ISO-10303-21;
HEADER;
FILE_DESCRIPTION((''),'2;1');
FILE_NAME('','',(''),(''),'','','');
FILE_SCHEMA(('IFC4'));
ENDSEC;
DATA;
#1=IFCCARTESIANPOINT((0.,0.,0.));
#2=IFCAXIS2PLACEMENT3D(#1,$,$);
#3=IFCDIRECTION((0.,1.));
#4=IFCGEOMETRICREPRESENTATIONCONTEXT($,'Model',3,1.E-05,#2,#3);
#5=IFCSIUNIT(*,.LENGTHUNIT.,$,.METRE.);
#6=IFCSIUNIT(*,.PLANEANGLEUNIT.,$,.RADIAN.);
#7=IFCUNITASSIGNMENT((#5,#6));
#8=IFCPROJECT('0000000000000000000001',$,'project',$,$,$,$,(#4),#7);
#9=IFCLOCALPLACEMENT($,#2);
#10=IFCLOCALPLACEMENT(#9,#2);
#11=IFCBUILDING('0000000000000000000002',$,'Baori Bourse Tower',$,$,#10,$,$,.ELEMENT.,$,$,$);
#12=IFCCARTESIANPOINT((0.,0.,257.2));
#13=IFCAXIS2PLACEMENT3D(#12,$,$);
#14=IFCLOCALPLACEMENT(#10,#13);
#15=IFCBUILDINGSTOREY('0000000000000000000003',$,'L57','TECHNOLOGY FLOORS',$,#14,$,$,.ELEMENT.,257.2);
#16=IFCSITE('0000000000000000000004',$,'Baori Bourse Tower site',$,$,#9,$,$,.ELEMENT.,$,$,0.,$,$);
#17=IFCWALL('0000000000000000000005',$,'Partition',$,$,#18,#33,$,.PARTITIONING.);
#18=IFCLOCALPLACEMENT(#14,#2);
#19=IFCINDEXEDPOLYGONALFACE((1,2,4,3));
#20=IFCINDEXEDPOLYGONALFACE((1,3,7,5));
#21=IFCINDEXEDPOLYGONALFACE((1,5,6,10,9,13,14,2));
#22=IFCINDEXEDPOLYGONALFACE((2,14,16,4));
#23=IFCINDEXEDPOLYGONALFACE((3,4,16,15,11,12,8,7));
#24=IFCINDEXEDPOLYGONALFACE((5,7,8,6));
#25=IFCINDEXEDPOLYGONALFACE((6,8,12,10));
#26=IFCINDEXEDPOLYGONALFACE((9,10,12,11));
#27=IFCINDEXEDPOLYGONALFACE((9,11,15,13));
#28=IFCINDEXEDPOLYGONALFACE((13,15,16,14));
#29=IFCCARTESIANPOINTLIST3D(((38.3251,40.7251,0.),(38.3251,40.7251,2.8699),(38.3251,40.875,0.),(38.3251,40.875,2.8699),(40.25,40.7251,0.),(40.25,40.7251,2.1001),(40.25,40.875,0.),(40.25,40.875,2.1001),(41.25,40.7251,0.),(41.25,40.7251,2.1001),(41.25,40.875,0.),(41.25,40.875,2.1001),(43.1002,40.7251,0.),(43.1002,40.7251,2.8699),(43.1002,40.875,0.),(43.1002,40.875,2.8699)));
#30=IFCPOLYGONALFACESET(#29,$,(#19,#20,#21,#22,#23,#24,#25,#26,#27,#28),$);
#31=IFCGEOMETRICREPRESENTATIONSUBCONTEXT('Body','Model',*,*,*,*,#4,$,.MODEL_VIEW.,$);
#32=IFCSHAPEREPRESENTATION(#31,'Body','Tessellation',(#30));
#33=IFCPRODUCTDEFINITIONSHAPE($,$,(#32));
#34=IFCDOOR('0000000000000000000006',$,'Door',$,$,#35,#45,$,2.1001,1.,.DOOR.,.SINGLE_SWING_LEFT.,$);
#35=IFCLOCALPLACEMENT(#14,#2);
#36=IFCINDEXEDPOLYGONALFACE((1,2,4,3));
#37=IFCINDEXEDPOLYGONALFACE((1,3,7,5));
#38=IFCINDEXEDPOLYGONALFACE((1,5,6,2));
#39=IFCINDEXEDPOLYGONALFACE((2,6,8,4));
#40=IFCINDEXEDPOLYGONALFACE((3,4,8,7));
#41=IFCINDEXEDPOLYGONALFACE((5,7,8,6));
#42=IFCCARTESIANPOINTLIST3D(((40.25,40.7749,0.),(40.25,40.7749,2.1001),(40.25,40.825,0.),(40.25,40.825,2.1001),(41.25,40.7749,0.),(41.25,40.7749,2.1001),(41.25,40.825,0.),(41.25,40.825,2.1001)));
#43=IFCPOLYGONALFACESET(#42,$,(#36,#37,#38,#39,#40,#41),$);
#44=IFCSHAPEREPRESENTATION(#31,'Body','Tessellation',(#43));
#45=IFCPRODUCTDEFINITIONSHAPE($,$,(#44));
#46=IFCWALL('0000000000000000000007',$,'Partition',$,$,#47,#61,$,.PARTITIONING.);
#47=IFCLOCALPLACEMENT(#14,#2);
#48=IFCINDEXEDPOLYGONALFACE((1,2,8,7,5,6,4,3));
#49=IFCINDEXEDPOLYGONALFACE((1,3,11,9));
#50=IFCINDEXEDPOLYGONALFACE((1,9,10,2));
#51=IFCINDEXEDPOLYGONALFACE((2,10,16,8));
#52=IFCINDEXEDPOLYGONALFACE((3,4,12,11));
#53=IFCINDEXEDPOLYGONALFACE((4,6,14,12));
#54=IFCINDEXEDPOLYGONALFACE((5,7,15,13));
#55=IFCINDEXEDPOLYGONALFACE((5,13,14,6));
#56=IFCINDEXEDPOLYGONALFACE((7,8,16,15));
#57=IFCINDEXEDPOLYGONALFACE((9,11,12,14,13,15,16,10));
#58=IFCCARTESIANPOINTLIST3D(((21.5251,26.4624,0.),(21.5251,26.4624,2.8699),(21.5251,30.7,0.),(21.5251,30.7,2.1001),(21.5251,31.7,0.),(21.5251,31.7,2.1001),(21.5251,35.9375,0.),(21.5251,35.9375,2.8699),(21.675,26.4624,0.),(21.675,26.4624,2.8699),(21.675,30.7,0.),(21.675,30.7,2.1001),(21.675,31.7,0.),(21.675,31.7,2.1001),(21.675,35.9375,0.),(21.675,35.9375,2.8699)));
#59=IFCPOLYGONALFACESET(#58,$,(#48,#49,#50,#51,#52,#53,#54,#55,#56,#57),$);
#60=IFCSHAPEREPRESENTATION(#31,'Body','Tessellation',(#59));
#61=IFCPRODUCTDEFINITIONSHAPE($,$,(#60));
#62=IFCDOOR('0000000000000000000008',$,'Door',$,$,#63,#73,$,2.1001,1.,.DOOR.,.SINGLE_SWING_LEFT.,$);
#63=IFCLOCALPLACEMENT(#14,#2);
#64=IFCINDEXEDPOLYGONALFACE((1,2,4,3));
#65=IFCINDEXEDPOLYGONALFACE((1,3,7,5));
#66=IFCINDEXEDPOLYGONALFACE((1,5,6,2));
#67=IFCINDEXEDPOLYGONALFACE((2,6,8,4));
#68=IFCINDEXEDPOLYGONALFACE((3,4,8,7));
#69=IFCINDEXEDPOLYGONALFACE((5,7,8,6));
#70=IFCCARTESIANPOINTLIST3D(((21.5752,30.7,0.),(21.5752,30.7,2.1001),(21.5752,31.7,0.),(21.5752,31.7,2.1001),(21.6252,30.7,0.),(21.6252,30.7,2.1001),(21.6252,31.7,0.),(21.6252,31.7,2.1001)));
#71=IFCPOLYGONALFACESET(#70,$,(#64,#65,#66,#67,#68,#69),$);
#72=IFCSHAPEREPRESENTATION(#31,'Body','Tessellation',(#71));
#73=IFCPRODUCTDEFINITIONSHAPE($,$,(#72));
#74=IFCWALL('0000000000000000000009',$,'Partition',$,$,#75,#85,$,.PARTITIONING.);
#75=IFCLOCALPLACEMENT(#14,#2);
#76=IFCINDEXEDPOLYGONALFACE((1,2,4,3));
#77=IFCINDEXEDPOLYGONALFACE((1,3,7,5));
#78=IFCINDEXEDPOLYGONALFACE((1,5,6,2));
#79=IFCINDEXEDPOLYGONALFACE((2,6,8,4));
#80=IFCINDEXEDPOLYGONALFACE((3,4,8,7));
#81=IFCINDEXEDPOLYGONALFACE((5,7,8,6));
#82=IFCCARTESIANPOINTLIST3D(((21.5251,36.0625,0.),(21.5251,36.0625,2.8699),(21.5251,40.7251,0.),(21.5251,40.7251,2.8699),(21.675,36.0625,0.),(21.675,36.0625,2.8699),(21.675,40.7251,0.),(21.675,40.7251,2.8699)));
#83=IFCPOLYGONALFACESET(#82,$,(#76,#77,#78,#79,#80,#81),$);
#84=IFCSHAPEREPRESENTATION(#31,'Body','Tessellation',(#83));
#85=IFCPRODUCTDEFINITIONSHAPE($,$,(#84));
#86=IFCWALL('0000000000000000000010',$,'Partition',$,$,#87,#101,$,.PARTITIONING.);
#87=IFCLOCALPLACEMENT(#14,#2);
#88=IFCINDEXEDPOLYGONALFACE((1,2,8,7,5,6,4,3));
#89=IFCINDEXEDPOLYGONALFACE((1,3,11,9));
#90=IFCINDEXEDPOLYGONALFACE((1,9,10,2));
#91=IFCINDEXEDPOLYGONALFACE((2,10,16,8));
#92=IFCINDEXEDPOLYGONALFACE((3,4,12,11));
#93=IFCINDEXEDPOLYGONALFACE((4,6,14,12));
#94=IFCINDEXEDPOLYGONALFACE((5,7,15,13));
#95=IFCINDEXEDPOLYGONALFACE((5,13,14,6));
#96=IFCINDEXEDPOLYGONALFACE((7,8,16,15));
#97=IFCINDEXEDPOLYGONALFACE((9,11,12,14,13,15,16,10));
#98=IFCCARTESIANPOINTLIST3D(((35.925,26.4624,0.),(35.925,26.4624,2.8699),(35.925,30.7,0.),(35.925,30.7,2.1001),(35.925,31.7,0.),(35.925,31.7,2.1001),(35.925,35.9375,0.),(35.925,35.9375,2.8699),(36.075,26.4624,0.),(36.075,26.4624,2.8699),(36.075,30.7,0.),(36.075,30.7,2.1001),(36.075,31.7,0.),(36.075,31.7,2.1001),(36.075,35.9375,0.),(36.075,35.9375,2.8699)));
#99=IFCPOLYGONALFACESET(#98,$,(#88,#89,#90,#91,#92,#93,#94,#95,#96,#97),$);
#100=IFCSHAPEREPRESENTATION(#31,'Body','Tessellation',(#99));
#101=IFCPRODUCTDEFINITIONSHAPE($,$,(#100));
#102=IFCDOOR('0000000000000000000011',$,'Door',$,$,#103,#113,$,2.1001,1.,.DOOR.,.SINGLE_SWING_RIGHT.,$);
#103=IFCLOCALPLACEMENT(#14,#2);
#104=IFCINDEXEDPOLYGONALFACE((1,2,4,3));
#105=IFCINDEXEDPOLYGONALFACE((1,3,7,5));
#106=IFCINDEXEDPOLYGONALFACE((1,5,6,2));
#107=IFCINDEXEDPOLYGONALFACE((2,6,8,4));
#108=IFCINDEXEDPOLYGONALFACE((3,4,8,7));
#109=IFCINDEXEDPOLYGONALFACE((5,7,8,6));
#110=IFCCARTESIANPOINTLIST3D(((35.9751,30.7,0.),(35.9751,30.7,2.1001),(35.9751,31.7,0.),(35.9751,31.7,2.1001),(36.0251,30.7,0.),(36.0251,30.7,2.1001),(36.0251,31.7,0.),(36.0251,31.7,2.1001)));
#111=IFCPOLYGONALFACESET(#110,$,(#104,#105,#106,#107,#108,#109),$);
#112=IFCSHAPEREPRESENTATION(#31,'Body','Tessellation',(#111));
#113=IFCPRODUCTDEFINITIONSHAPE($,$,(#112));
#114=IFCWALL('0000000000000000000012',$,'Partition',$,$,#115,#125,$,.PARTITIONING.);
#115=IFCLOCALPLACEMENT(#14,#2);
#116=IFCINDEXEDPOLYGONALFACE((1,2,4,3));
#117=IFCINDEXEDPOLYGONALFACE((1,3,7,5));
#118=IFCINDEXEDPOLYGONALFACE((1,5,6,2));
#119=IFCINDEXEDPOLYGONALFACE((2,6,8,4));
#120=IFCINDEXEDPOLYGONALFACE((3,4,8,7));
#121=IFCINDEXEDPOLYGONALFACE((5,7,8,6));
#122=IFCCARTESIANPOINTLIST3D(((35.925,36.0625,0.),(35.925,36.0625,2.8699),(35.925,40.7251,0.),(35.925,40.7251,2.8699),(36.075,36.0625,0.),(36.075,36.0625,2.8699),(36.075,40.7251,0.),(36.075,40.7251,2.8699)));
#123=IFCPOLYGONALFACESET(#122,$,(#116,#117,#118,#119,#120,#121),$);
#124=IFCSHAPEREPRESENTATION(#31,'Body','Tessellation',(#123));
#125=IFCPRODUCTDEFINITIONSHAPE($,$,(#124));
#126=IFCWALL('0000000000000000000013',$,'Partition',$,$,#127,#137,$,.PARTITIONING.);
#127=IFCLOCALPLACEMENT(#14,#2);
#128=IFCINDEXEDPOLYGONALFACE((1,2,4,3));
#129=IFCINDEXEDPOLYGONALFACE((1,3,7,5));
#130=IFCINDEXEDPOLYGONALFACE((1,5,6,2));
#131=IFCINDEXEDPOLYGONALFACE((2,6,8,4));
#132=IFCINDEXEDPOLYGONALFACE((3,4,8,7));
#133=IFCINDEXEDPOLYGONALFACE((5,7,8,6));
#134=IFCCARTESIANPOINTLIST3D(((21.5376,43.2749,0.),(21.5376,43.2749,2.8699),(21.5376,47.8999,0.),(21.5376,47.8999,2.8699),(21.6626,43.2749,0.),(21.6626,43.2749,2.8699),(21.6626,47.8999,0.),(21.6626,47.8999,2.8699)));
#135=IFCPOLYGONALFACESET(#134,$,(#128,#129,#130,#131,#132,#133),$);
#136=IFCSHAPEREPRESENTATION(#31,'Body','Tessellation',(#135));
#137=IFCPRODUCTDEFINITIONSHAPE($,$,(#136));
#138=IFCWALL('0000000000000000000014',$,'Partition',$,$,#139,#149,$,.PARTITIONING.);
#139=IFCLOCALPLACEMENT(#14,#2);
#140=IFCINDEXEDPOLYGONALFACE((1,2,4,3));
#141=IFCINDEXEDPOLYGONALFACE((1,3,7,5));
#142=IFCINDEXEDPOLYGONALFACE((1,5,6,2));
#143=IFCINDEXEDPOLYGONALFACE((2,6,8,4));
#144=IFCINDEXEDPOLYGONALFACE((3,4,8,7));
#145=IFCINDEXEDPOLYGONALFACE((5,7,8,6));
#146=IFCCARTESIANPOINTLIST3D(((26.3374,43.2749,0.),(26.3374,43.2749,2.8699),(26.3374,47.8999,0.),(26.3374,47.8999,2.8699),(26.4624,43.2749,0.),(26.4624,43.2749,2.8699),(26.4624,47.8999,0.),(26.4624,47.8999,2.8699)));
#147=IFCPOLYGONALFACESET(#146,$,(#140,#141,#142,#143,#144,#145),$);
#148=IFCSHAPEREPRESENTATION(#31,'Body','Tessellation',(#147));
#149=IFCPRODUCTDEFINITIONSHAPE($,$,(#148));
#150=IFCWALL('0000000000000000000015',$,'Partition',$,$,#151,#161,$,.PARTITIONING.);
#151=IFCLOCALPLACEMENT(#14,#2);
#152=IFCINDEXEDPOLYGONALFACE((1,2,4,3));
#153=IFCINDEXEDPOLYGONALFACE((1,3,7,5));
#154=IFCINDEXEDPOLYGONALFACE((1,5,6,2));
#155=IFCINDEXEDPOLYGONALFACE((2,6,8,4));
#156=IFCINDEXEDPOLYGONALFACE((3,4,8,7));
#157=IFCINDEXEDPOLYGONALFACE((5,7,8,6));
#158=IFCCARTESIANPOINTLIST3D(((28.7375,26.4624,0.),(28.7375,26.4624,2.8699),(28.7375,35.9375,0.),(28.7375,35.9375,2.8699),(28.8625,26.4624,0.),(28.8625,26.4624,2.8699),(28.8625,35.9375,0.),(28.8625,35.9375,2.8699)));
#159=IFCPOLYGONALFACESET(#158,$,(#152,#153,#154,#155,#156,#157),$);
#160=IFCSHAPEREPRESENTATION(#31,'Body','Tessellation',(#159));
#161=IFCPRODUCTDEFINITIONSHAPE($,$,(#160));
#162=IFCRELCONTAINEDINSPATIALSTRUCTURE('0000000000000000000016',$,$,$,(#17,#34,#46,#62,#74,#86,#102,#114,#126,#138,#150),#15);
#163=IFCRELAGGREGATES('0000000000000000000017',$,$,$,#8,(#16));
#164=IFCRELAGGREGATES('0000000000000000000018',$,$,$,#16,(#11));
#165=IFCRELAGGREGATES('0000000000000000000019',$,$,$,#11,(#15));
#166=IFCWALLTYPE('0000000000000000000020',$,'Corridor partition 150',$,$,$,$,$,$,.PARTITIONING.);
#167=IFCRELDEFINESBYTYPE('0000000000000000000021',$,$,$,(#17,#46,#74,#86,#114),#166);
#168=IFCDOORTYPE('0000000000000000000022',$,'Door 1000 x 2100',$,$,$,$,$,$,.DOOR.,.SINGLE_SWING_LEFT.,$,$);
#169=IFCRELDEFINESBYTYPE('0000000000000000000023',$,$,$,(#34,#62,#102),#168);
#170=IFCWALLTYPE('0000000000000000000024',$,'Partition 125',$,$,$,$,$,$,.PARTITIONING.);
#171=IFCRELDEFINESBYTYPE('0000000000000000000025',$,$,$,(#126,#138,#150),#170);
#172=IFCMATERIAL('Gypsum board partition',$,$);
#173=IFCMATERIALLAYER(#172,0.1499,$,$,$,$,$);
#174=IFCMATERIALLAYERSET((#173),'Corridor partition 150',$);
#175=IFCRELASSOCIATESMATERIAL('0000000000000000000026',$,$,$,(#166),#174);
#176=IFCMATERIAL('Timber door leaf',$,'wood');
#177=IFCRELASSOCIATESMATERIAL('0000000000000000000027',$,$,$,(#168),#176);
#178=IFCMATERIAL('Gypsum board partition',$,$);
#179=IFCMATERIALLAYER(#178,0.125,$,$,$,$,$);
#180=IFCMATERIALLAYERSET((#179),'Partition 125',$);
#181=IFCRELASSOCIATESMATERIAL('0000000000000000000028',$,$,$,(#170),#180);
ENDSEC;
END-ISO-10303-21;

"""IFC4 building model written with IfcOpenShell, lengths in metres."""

from ifc_helpers import new_model, si_unit, direction, frame, frame_2d, origin, place, context, subcontext, project, spatial, rectangle, extrude, material, layer, layer_set, type_object, element, fill, save


model = new_model("IFC4")

# Units and contexts
model_context = context("Model", 3, precision=1e-05, world=origin(), true_north=direction((0.0, 1.0)))
body_context = subcontext(model_context, "Body", "Model", "MODEL_VIEW")
ifc_project = project(units=[si_unit("LENGTHUNIT", "METRE"), si_unit("PLANEANGLEUNIT", "RADIAN")], contexts=[model_context])

# Site, building, storey
site_placement = place(None, origin())
site = spatial("IfcSite", under=ifc_project, at=site_placement, Name="Baori Bourse Tower site", CompositionType="ELEMENT", RefElevation=0.0)
building_placement = place(site_placement, origin())
building = spatial("IfcBuilding", under=site, at=building_placement, Name="Baori Bourse Tower", CompositionType="ELEMENT")
storey_placement = place(building_placement, frame((0.0, 0.0, 257.2)))
storey = spatial("IfcBuildingStorey", under=building, at=storey_placement, Name="L57", Description="TECHNOLOGY FLOORS", CompositionType="ELEMENT", Elevation=257.2)

# Walls, openings, doors
ifc_material_1 = material(Name="Gypsum board partition")
ifc_layer_1 = layer(ifc_material_1, 0.1499)
ifc_layer_set_1 = layer_set([ifc_layer_1], Name="Corridor partition 150")
wall_type_1 = type_object("IfcWallType", Name="Corridor partition 150", PredefinedType="PARTITIONING", material=ifc_layer_set_1)
ifc_material_2 = material(Name="Timber door leaf", Category="wood")
door_type = type_object("IfcDoorType", Name="Door 1000 x 2100", OperationType="SINGLE_SWING_LEFT", PredefinedType="DOOR", material=ifc_material_2)
wall_1_placement = place(storey_placement, frame((38.325, 40.8, 0.0), z_axis=(0.0, 0.0, 1.0), x_axis=(1.0, 0.0, 0.0)))
wall_1 = element("IfcWall", 1, at=wall_1_placement, inside=storey, type_object=wall_type_1, Name="Partition", PredefinedType="PARTITIONING", context=body_context, shape_type="SweptSolid", body=[
    extrude(rectangle(XDim=4.7751, YDim=0.1499, at=frame_2d((2.3877, 0.0))), origin(), (0.0, 0.0, 1.0), 2.8699),
])
opening_1_placement = place(wall_1_placement, frame((1.925, 0.0, 0.0)))
opening_1 = element("IfcOpeningElement", 2, at=opening_1_placement, cuts=wall_1, PredefinedType="OPENING", context=body_context, shape_type="SweptSolid", body=[
    extrude(rectangle(XDim=1.0, YDim=2.1001, at=frame_2d((0.5, 1.05))), frame((0.0, 0.085, 0.0), z_axis=(0.0, -1.0, 0.0), x_axis=(1.0, 0.0, 0.0)), (0.0, 0.0, 1.0), 0.1699),
])
door_1_placement = place(opening_1_placement, origin())
door_1 = element("IfcDoor", 3, at=door_1_placement, inside=storey, type_object=door_type, Name="Door", OperationType="SINGLE_SWING_LEFT", OverallHeight=2.1001, OverallWidth=1.0, PredefinedType="DOOR", context=body_context, shape_type="SweptSolid", body=[
    extrude(rectangle(XDim=1.0, YDim=2.1001, at=frame_2d((0.5, 1.05))), frame((0.0, 0.0249, 0.0), z_axis=(0.0, -1.0, 0.0), x_axis=(1.0, 0.0, 0.0)), (0.0, 0.0, 1.0), 0.05),
])
fill(opening_1, door_1)
wall_2_placement = place(storey_placement, frame((21.6001, 26.4624, 0.0), z_axis=(0.0, 0.0, 1.0), x_axis=(0.0, 1.0, 0.0)))
wall_2 = element("IfcWall", 4, at=wall_2_placement, inside=storey, type_object=wall_type_1, Name="Partition", PredefinedType="PARTITIONING", context=body_context, shape_type="SweptSolid", body=[
    extrude(rectangle(XDim=9.4751, YDim=0.1499, at=frame_2d((4.7375, 0.0))), origin(), (0.0, 0.0, 1.0), 2.8699),
])
opening_2_placement = place(wall_2_placement, frame((4.2375, 0.0, 0.0)))
opening_2 = element("IfcOpeningElement", 5, at=opening_2_placement, cuts=wall_2, PredefinedType="OPENING", context=body_context, shape_type="SweptSolid", body=[
    extrude(rectangle(XDim=1.0, YDim=2.1001, at=frame_2d((0.5, 1.05))), frame((0.0, 0.085, 0.0), z_axis=(0.0, -1.0, 0.0), x_axis=(1.0, 0.0, 0.0)), (0.0, 0.0, 1.0), 0.1699),
])
door_2_placement = place(opening_2_placement, origin())
door_2 = element("IfcDoor", 6, at=door_2_placement, inside=storey, type_object=door_type, Name="Door", OperationType="SINGLE_SWING_LEFT", OverallHeight=2.1001, OverallWidth=1.0, PredefinedType="DOOR", context=body_context, shape_type="SweptSolid", body=[
    extrude(rectangle(XDim=1.0, YDim=2.1001, at=frame_2d((0.5, 1.05))), frame((0.0, 0.0249, 0.0), z_axis=(0.0, -1.0, 0.0), x_axis=(1.0, 0.0, 0.0)), (0.0, 0.0, 1.0), 0.05),
])
fill(opening_2, door_2)

# Wall
wall_3_placement = place(storey_placement, frame((21.6001, 36.0625, 0.0), z_axis=(0.0, 0.0, 1.0), x_axis=(0.0, 1.0, 0.0)))
element("IfcWall", 7, at=wall_3_placement, inside=storey, type_object=wall_type_1, Name="Partition", PredefinedType="PARTITIONING", context=body_context, shape_type="SweptSolid", body=[
    extrude(rectangle(XDim=4.6626, YDim=0.1499, at=frame_2d((2.3313, 0.0))), origin(), (0.0, 0.0, 1.0), 2.8699),
])

# Wall, opening, door
wall_4_placement = place(storey_placement, frame((36.0, 26.4624, 0.0), z_axis=(0.0, 0.0, 1.0), x_axis=(0.0, 1.0, 0.0)))
wall_4 = element("IfcWall", 8, at=wall_4_placement, inside=storey, type_object=wall_type_1, Name="Partition", PredefinedType="PARTITIONING", context=body_context, shape_type="SweptSolid", body=[
    extrude(rectangle(XDim=9.4751, YDim=0.1499, at=frame_2d((4.7375, 0.0))), origin(), (0.0, 0.0, 1.0), 2.8699),
])
opening_3_placement = place(wall_4_placement, frame((4.2375, 0.0, 0.0)))
opening_3 = element("IfcOpeningElement", 9, at=opening_3_placement, cuts=wall_4, PredefinedType="OPENING", context=body_context, shape_type="SweptSolid", body=[
    extrude(rectangle(XDim=1.0, YDim=2.1001, at=frame_2d((0.5, 1.05))), frame((0.0, 0.085, 0.0), z_axis=(0.0, -1.0, 0.0), x_axis=(1.0, 0.0, 0.0)), (0.0, 0.0, 1.0), 0.1699),
])
door_3_placement = place(opening_3_placement, origin())
door_3 = element("IfcDoor", 10, at=door_3_placement, inside=storey, type_object=door_type, Name="Door", OperationType="SINGLE_SWING_RIGHT", OverallHeight=2.1001, OverallWidth=1.0, PredefinedType="DOOR", context=body_context, shape_type="SweptSolid", body=[
    extrude(rectangle(XDim=1.0, YDim=2.1001, at=frame_2d((0.5, 1.05))), frame((0.0, 0.0249, 0.0), z_axis=(0.0, -1.0, 0.0), x_axis=(1.0, 0.0, 0.0)), (0.0, 0.0, 1.0), 0.05),
])
fill(opening_3, door_3)

# Walls
wall_5_placement = place(storey_placement, frame((36.0, 36.0625, 0.0), z_axis=(0.0, 0.0, 1.0), x_axis=(0.0, 1.0, 0.0)))
element("IfcWall", 11, at=wall_5_placement, inside=storey, type_object=wall_type_1, Name="Partition", PredefinedType="PARTITIONING", context=body_context, shape_type="SweptSolid", body=[
    extrude(rectangle(XDim=4.6626, YDim=0.1499, at=frame_2d((2.3313, 0.0))), origin(), (0.0, 0.0, 1.0), 2.8699),
])
ifc_material_3 = material(Name="Gypsum board partition")
ifc_layer_2 = layer(ifc_material_3, 0.125)
ifc_layer_set_2 = layer_set([ifc_layer_2], Name="Partition 125")
wall_type_2 = type_object("IfcWallType", Name="Partition 125", PredefinedType="PARTITIONING", material=ifc_layer_set_2)
for number, where, z_axis, x_axis, name in (
    (12, (21.6001, 43.2749, 0.0), (0.0, 0.0, 1.0), (0.0, 1.0, 0.0), "Partition"),
    (13, (26.3999, 43.2749, 0.0), (0.0, 0.0, 1.0), (0.0, 1.0, 0.0), "Partition"),
):
    element("IfcWall", number, at=place(storey_placement, frame(where, z_axis=z_axis, x_axis=x_axis)), inside=storey, type_object=wall_type_2, Name=name, PredefinedType="PARTITIONING", context=body_context, shape_type="SweptSolid", body=[
        extrude(rectangle(XDim=4.625, YDim=0.125, at=frame_2d((2.3125, 0.0))), origin(), (0.0, 0.0, 1.0), 2.8699),
    ])
wall_6_placement = place(storey_placement, frame((28.8, 26.4624, 0.0), z_axis=(0.0, 0.0, 1.0), x_axis=(0.0, 1.0, 0.0)))
element("IfcWall", 14, at=wall_6_placement, inside=storey, type_object=wall_type_2, Name="Partition", PredefinedType="PARTITIONING", context=body_context, shape_type="SweptSolid", body=[
    extrude(rectangle(XDim=9.4751, YDim=0.125, at=frame_2d((4.7375, 0.0))), origin(), (0.0, 0.0, 1.0), 2.8699),
])

save(model, "model.ifc")
